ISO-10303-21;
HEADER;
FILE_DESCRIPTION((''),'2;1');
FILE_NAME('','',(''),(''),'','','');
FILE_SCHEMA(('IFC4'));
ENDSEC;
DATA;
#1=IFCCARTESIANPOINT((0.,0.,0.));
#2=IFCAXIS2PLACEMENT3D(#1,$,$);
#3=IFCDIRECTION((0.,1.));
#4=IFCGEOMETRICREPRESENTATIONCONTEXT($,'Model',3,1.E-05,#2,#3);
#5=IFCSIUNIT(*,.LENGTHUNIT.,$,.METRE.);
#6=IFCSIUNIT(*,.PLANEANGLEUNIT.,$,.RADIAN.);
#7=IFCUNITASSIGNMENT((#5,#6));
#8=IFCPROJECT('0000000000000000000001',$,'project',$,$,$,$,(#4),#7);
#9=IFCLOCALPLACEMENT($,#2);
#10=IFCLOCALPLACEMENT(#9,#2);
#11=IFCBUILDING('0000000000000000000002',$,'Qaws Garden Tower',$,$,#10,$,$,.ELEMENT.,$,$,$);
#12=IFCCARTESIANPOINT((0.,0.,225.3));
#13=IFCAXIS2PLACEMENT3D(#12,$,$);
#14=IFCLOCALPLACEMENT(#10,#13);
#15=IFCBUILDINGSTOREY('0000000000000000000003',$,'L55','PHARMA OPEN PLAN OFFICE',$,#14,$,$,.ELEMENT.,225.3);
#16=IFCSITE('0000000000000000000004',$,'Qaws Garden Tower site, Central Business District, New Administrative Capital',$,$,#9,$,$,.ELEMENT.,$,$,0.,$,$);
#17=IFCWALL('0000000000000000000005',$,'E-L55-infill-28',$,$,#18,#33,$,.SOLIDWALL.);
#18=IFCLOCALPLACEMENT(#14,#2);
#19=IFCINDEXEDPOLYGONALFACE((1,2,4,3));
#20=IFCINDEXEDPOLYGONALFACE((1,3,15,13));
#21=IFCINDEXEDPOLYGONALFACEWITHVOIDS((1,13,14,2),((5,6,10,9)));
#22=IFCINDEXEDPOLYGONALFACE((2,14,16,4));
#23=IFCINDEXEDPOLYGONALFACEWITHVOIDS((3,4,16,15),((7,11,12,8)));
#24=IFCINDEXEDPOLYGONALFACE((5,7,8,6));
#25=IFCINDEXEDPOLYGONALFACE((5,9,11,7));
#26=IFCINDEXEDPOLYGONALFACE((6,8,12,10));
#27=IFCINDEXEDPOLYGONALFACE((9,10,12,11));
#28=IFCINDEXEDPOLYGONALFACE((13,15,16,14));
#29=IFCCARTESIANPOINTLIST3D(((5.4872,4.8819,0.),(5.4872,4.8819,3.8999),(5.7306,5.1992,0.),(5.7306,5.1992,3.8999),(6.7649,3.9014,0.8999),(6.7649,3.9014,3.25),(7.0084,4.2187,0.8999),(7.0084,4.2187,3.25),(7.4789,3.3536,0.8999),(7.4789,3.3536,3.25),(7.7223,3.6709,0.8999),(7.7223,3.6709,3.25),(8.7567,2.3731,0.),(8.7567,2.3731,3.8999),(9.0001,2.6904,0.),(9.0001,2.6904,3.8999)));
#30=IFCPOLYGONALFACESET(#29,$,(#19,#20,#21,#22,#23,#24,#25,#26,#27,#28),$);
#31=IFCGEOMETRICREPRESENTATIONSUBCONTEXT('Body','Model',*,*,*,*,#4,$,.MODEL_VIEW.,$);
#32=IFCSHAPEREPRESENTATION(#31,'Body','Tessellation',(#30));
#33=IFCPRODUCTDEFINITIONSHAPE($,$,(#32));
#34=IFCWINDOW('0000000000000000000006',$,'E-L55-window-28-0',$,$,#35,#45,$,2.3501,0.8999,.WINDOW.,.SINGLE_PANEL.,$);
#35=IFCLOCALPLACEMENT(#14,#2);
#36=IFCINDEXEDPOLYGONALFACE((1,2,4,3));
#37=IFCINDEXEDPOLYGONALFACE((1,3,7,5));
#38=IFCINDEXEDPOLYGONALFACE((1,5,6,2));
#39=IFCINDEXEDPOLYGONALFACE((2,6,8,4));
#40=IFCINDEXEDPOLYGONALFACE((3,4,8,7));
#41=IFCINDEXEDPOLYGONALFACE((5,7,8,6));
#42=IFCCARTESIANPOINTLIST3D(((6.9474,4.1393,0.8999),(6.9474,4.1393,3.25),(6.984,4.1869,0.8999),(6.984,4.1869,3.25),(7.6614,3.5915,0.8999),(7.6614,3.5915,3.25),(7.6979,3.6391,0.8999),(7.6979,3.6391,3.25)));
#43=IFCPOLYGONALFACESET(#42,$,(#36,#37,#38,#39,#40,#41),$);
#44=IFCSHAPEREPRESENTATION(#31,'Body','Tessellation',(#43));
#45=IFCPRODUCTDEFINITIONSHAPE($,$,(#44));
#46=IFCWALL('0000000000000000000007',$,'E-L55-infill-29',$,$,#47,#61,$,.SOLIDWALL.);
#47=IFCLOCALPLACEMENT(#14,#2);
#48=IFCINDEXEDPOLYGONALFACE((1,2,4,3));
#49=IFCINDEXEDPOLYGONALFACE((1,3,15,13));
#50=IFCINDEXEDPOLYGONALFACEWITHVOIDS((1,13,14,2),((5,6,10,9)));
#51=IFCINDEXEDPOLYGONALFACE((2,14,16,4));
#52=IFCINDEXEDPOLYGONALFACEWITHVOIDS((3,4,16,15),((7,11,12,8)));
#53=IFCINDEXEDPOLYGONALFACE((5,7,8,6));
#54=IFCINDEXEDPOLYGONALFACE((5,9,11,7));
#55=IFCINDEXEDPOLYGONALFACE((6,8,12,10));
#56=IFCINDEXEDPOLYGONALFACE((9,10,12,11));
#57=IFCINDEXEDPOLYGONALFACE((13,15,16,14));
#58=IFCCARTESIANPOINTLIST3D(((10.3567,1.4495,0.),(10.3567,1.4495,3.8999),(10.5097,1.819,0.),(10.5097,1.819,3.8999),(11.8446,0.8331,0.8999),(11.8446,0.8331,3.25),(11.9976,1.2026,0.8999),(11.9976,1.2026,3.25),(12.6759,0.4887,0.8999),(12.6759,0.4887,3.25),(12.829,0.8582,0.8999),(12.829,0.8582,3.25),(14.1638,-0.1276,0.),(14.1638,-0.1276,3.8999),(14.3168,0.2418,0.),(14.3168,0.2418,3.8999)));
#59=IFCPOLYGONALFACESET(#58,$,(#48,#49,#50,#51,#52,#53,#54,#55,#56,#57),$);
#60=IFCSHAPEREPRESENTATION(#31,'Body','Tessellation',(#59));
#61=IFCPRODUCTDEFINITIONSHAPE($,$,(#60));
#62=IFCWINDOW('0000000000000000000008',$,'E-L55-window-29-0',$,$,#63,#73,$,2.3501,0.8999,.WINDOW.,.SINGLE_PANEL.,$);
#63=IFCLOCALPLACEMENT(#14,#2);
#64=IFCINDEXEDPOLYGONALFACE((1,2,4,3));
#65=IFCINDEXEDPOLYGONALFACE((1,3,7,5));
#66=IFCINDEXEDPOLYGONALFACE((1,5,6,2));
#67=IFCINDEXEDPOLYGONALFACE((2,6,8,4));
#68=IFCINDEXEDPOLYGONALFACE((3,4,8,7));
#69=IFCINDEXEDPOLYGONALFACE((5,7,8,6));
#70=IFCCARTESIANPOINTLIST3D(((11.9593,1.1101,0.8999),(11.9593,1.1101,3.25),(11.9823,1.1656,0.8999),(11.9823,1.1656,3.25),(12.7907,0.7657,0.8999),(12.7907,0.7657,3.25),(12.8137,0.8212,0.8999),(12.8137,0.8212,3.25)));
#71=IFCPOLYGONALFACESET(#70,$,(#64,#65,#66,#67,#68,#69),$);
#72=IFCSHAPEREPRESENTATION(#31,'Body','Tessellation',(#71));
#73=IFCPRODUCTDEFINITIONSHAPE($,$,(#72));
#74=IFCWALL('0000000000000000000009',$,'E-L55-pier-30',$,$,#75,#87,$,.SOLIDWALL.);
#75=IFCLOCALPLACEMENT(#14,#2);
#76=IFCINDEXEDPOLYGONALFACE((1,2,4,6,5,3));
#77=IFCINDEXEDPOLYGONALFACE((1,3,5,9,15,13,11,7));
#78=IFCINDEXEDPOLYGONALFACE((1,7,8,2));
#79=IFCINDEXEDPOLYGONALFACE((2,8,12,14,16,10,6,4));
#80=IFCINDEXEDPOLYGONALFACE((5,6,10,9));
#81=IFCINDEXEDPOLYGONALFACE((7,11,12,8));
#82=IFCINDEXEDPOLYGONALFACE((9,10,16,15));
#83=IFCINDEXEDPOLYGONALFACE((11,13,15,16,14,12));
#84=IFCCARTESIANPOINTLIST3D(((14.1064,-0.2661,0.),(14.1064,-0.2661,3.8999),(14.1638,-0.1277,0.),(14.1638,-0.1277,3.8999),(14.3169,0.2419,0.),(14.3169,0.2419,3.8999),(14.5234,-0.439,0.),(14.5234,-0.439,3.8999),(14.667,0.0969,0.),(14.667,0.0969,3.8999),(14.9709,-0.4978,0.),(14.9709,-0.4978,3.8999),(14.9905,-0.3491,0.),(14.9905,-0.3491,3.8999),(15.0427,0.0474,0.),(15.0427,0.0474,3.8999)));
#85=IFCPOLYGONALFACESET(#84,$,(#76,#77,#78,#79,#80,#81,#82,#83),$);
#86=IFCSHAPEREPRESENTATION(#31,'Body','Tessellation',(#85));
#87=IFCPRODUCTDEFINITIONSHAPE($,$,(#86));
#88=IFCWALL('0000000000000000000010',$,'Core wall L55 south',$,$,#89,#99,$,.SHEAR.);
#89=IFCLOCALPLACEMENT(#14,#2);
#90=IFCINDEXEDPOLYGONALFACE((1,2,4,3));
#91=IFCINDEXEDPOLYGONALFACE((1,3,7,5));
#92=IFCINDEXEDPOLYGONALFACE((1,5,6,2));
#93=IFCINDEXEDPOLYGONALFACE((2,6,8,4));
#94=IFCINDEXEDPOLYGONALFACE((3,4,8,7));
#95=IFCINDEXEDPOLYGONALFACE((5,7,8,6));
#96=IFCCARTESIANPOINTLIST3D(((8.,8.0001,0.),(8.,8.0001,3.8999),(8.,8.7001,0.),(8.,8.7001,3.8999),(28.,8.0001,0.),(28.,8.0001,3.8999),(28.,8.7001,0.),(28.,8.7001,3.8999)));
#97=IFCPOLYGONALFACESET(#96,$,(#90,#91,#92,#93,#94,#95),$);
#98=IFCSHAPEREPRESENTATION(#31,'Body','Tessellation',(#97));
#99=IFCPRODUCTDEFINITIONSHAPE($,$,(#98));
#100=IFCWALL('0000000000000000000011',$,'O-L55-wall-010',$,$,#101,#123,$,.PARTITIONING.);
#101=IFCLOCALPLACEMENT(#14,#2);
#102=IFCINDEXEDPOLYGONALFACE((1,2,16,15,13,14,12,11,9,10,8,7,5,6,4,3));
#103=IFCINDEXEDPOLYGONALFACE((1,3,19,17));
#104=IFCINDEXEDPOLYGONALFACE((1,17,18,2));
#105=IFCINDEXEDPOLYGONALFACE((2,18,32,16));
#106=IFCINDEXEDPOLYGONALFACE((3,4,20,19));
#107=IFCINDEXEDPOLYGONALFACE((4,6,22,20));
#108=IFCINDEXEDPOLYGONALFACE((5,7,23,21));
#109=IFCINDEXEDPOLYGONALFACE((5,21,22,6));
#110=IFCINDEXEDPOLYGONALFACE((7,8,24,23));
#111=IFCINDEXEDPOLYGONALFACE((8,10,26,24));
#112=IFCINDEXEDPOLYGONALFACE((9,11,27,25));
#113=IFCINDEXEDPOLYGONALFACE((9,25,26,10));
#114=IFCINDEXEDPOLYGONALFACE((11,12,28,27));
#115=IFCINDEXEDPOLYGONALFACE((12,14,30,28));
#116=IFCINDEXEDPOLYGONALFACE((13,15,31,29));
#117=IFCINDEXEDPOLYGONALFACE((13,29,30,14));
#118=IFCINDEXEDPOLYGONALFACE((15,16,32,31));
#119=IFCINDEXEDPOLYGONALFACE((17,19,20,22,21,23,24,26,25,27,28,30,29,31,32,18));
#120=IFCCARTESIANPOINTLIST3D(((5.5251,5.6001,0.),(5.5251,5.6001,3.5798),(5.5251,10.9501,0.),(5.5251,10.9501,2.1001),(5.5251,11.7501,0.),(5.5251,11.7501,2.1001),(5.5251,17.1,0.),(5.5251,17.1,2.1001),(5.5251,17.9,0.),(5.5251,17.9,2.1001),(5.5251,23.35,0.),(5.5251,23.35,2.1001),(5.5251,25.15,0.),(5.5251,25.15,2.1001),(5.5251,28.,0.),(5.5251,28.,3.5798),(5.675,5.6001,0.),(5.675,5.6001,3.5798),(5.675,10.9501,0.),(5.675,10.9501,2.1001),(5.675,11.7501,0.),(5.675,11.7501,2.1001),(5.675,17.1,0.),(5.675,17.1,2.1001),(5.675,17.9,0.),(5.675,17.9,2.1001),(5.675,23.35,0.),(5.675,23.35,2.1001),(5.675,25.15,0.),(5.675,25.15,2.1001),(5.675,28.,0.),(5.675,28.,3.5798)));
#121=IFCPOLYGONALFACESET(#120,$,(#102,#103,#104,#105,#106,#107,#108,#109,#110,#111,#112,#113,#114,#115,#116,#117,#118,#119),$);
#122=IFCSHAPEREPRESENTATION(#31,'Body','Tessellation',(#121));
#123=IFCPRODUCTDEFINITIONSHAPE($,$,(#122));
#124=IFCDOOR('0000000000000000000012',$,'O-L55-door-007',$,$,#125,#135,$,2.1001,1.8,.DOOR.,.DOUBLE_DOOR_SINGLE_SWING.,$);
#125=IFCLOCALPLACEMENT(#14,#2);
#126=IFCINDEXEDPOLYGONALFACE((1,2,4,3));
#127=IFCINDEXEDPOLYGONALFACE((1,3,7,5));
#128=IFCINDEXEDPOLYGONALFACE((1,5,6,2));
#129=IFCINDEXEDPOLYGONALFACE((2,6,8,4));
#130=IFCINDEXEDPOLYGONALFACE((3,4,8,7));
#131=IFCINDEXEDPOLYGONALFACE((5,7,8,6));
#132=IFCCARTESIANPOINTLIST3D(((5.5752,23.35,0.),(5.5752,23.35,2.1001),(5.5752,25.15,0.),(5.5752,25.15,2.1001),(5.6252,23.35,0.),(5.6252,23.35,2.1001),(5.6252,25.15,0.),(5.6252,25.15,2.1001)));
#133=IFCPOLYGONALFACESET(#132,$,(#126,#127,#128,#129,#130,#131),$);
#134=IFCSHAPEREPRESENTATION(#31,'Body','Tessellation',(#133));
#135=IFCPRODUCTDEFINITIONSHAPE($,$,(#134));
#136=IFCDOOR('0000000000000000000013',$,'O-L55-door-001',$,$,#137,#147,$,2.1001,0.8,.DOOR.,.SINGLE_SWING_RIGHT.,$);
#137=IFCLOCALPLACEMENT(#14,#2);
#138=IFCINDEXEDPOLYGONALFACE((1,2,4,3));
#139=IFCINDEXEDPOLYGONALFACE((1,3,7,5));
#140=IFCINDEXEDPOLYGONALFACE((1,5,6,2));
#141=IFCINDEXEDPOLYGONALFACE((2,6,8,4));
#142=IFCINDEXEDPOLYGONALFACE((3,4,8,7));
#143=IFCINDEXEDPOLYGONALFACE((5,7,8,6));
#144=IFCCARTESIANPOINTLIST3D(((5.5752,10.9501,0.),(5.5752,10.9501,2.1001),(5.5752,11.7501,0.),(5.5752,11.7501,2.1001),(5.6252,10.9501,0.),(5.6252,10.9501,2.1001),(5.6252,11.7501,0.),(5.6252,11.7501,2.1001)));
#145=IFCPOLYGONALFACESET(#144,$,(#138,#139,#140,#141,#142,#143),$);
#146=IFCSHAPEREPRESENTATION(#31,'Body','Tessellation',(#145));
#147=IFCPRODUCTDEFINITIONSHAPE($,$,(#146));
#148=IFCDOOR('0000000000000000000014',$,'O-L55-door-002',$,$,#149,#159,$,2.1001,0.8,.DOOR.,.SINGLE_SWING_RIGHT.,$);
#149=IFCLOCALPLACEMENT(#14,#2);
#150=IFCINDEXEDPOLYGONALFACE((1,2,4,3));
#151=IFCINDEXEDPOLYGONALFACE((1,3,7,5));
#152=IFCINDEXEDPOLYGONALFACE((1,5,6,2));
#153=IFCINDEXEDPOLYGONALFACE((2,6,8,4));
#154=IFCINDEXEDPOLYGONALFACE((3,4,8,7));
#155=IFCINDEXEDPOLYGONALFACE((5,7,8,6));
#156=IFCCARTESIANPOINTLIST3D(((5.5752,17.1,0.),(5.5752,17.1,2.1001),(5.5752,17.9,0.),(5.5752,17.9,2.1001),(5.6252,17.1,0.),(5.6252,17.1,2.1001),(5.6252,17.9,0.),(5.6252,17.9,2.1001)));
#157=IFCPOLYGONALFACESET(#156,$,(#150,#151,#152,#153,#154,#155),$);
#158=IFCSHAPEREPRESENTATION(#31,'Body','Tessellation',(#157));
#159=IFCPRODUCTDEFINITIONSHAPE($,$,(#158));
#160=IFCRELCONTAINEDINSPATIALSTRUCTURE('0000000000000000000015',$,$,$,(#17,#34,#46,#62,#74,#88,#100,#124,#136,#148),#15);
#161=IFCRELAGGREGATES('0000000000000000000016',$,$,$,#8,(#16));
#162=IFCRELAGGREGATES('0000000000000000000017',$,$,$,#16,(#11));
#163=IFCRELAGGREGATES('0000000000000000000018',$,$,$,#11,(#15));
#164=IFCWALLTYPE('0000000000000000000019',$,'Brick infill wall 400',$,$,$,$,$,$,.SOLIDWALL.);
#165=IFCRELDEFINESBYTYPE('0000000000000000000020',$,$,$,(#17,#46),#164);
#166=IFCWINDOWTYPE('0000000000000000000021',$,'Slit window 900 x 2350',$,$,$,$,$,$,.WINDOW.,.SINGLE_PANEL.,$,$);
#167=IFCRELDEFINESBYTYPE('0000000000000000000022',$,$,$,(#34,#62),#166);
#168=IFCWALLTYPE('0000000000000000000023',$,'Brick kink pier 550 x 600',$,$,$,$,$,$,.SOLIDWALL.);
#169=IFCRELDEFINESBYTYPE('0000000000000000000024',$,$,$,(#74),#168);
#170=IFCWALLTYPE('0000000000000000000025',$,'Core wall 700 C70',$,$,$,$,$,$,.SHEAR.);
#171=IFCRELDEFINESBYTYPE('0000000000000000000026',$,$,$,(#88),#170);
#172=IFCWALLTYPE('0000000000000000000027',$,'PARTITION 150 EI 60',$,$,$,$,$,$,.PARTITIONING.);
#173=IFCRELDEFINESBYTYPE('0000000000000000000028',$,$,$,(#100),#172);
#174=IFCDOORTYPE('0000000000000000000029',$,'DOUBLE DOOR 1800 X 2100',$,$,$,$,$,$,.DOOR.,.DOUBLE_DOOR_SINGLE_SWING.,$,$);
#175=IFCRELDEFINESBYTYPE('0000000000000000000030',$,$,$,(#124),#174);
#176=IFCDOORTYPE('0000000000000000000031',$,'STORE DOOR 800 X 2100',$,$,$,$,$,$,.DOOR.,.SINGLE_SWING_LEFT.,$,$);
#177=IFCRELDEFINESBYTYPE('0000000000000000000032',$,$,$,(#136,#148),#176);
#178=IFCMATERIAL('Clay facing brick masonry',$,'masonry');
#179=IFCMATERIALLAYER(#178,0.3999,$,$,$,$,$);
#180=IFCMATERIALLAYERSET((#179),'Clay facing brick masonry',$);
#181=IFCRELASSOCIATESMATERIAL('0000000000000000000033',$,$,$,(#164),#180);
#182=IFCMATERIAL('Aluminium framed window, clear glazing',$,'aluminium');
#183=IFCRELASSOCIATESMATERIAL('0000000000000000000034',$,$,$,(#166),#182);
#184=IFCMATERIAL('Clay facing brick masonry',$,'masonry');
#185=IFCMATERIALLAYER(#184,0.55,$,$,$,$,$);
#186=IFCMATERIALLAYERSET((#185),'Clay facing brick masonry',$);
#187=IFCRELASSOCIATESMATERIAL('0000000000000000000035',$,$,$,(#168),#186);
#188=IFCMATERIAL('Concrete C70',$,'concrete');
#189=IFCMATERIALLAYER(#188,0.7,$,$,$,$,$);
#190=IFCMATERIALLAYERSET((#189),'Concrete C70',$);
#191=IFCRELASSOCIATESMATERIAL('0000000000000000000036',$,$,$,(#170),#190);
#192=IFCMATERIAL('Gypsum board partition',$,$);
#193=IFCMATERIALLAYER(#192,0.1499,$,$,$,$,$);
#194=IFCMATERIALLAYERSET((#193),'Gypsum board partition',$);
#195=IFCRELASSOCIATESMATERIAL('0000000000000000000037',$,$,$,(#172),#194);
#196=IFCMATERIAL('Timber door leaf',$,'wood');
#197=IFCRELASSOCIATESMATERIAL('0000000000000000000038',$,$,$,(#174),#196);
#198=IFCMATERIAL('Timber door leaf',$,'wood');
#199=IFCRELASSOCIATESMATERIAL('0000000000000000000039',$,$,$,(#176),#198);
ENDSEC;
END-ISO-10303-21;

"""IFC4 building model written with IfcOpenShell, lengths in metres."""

from ifc_helpers import new_model, si_unit, direction, frame, frame_2d, origin, place, context, subcontext, project, spatial, polyline, rectangle, outline, extrude, material, layer, layer_set, type_object, element, fill, save


model = new_model("IFC4")

# Units and contexts
model_context = context("Model", 3, precision=1e-05, world=origin(), true_north=direction((0.0, 1.0)))
body_context = subcontext(model_context, "Body", "Model", "MODEL_VIEW")
ifc_project = project(units=[si_unit("LENGTHUNIT", "METRE"), si_unit("PLANEANGLEUNIT", "RADIAN")], contexts=[model_context])

# Site, building, storey
site_placement = place(None, origin())
site = spatial("IfcSite", under=ifc_project, at=site_placement, Name="Qaws Garden Tower site, Central Business District, New Administrative Capital", CompositionType="ELEMENT", RefElevation=0.0)
building_placement = place(site_placement, origin())
building = spatial("IfcBuilding", under=site, at=building_placement, Name="Qaws Garden Tower", CompositionType="ELEMENT")
storey_placement = place(building_placement, frame((0.0, 0.0, 225.3)))
storey = spatial("IfcBuildingStorey", under=building, at=storey_placement, Name="L55", Description="PHARMA OPEN PLAN OFFICE", CompositionType="ELEMENT", Elevation=225.3)

# Shared definitions
placement_1 = place(storey_placement, origin())

# Walls, openings, windows
ifc_material_1 = material(Name="Clay facing brick masonry", Category="masonry")
ifc_layer_1 = layer(ifc_material_1, 0.3999)
ifc_layer_set_1 = layer_set([ifc_layer_1], Name="Clay facing brick masonry")
wall_type_1 = type_object("IfcWallType", Name="Brick infill wall 400", PredefinedType="SOLIDWALL", material=ifc_layer_set_1)
ifc_material_2 = material(Name="Aluminium framed window, clear glazing", Category="aluminium")
window_type = type_object("IfcWindowType", Name="Slit window 900 x 2350", PartitioningType="SINGLE_PANEL", PredefinedType="WINDOW", material=ifc_material_2)
wall_1_placement = place(storey_placement, frame((5.6089, 5.0405, 0.0), z_axis=(0.0, 0.0, 1.0), x_axis=(0.793355, -0.60876, 0.0)))
wall_1 = element("IfcWall", 1, at=wall_1_placement, inside=storey, type_object=wall_type_1, Name="E-L55-infill-28", PredefinedType="SOLIDWALL", context=body_context, shape_type="SweptSolid", body=[
    extrude(rectangle(XDim=4.1211, YDim=0.3999, at=frame_2d((2.0605, 0.0))), origin(), (0.0, 0.0, 1.0), 3.8999),
])
opening_1_placement = place(wall_1_placement, frame((1.6106, 0.0, 0.8999)))
opening_1 = element("IfcOpeningElement", 2, at=opening_1_placement, cuts=wall_1, PredefinedType="OPENING", context=body_context, shape_type="SweptSolid", body=[
    extrude(rectangle(XDim=0.8999, YDim=2.3501, at=frame_2d((0.45, 1.175))), frame((0.0, 0.21, 0.0), z_axis=(0.0, -1.0, 0.0), x_axis=(1.0, 0.0, 0.0)), (0.0, 0.0, 1.0), 0.4199),
])
window_1_placement = place(opening_1_placement, origin())
window_1 = element("IfcWindow", 3, at=window_1_placement, inside=storey, type_object=window_type, Name="E-L55-window-28-0", OverallHeight=2.3501, OverallWidth=0.8999, PartitioningType="SINGLE_PANEL", PredefinedType="WINDOW", context=body_context, shape_type="SweptSolid", body=[
    extrude(rectangle(XDim=0.8999, YDim=2.3501, at=frame_2d((0.45, 1.175))), frame((0.0, 0.1599, 0.0), z_axis=(0.0, -1.0, 0.0), x_axis=(1.0, 0.0, 0.0)), (0.0, 0.0, 1.0), 0.0601),
])
fill(opening_1, window_1)
wall_2_placement = place(storey_placement, frame((10.4331, 1.6343, 0.0), z_axis=(0.0, 0.0, 1.0), x_axis=(0.923864, -0.382722, 0.0)))
wall_2 = element("IfcWall", 4, at=wall_2_placement, inside=storey, type_object=wall_type_1, Name="E-L55-infill-29", PredefinedType="SOLIDWALL", context=body_context, shape_type="SweptSolid", body=[
    extrude(rectangle(XDim=4.1208, YDim=0.3999, at=frame_2d((2.0605, 0.0))), origin(), (0.0, 0.0, 1.0), 3.8999),
])
opening_2_placement = place(wall_2_placement, frame((1.6106, 0.0, 0.8999)))
opening_2 = element("IfcOpeningElement", 5, at=opening_2_placement, cuts=wall_2, PredefinedType="OPENING", context=body_context, shape_type="SweptSolid", body=[
    extrude(rectangle(XDim=0.8999, YDim=2.3501, at=frame_2d((0.45, 1.175))), frame((0.0, 0.21, 0.0), z_axis=(0.0, -1.0, 0.0), x_axis=(1.0, 0.0, 0.0)), (0.0, 0.0, 1.0), 0.4199),
])
window_2_placement = place(opening_2_placement, origin())
window_2 = element("IfcWindow", 6, at=window_2_placement, inside=storey, type_object=window_type, Name="E-L55-window-29-0", OverallHeight=2.3501, OverallWidth=0.8999, PartitioningType="SINGLE_PANEL", PredefinedType="WINDOW", context=body_context, shape_type="SweptSolid", body=[
    extrude(rectangle(XDim=0.8999, YDim=2.3501, at=frame_2d((0.45, 1.175))), frame((0.0, 0.1599, 0.0), z_axis=(0.0, -1.0, 0.0), x_axis=(1.0, 0.0, 0.0)), (0.0, 0.0, 1.0), 0.0601),
])
fill(opening_2, window_2)

# Walls
ifc_material_3 = material(Name="Clay facing brick masonry", Category="masonry")
ifc_layer_2 = layer(ifc_material_3, 0.55)
ifc_layer_set_2 = layer_set([ifc_layer_2], Name="Clay facing brick masonry")
wall_type_2 = type_object("IfcWallType", Name="Brick kink pier 550 x 600", PredefinedType="SOLIDWALL", material=ifc_layer_set_2)
element("IfcWall", 7, at=placement_1, inside=storey, type_object=wall_type_2, Name="E-L55-pier-30", PredefinedType="SOLIDWALL", context=body_context, shape_type="SweptSolid", body=[
    extrude(outline(polyline([(14.1638, -0.1277), (14.1064, -0.2661), (14.5234, -0.439), (14.9709, -0.4978), (14.9905, -0.3491), (15.0427, 0.0474), (14.667, 0.0969), (14.3169, 0.2419), (14.1638, -0.1277)])), origin(), (0.0, 0.0, 1.0), 3.8999),
])
ifc_material_4 = material(Name="Concrete C70", Category="concrete")
ifc_layer_3 = layer(ifc_material_4, 0.7)
ifc_layer_set_3 = layer_set([ifc_layer_3], Name="Concrete C70")
wall_type_3 = type_object("IfcWallType", Name="Core wall 700 C70", PredefinedType="SHEAR", material=ifc_layer_set_3)
wall_3_placement = place(storey_placement, frame((8.0, 8.3501, 0.0), z_axis=(0.0, 0.0, 1.0), x_axis=(1.0, 0.0, 0.0)))
element("IfcWall", 8, at=wall_3_placement, inside=storey, type_object=wall_type_3, Name="Core wall L55 south", PredefinedType="SHEAR", context=body_context, shape_type="SweptSolid", body=[
    extrude(rectangle(XDim=20.0, YDim=0.7, at=frame_2d((10.0, 0.0))), origin(), (0.0, 0.0, 1.0), 3.8999),
])

# Wall, openings, doors
ifc_material_5 = material(Name="Gypsum board partition")
ifc_layer_4 = layer(ifc_material_5, 0.1499)
ifc_layer_set_4 = layer_set([ifc_layer_4], Name="Gypsum board partition")
wall_type_4 = type_object("IfcWallType", Name="PARTITION 150 EI 60", PredefinedType="PARTITIONING", material=ifc_layer_set_4)
wall_4_placement = place(storey_placement, frame((5.6001, 5.6001, 0.0), z_axis=(0.0, 0.0, 1.0), x_axis=(0.0, 1.0, 0.0)))
wall_4 = element("IfcWall", 9, at=wall_4_placement, inside=storey, type_object=wall_type_4, Name="O-L55-wall-010", PredefinedType="PARTITIONING", context=body_context, shape_type="SweptSolid", body=[
    extrude(rectangle(XDim=22.3999, YDim=0.1499, at=frame_2d((11.2, 0.0))), origin(), (0.0, 0.0, 1.0), 3.5798),
])
opening_3_placement = place(wall_4_placement, frame((5.3501, 0.0, 0.0)))
opening_3 = element("IfcOpeningElement", 10, at=opening_3_placement, cuts=wall_4, PredefinedType="OPENING", context=body_context, shape_type="SweptSolid", body=[
    extrude(rectangle(XDim=0.8, YDim=2.1001, at=frame_2d((0.3999, 1.05))), frame((0.0, 0.085, 0.0), z_axis=(0.0, -1.0, 0.0), x_axis=(1.0, 0.0, 0.0)), (0.0, 0.0, 1.0), 0.1699),
])
opening_4_placement = place(wall_4_placement, frame((11.5, 0.0, 0.0)))
opening_4 = element("IfcOpeningElement", 11, at=opening_4_placement, cuts=wall_4, PredefinedType="OPENING", context=body_context, shape_type="SweptSolid", body=[
    extrude(rectangle(XDim=0.8, YDim=2.1001, at=frame_2d((0.3999, 1.05))), frame((0.0, 0.085, 0.0), z_axis=(0.0, -1.0, 0.0), x_axis=(1.0, 0.0, 0.0)), (0.0, 0.0, 1.0), 0.1699),
])
opening_5_placement = place(wall_4_placement, frame((17.75, 0.0, 0.0)))
opening_5 = element("IfcOpeningElement", 12, at=opening_5_placement, cuts=wall_4, PredefinedType="OPENING", context=body_context, shape_type="SweptSolid", body=[
    extrude(rectangle(XDim=1.8, YDim=2.1001, at=frame_2d((0.8999, 1.05))), frame((0.0, 0.085, 0.0), z_axis=(0.0, -1.0, 0.0), x_axis=(1.0, 0.0, 0.0)), (0.0, 0.0, 1.0), 0.1699),
])
ifc_material_6 = material(Name="Timber door leaf", Category="wood")
door_type_1 = type_object("IfcDoorType", Name="DOUBLE DOOR 1800 X 2100", OperationType="DOUBLE_DOOR_SINGLE_SWING", PredefinedType="DOOR", material=ifc_material_6)
door_1_placement = place(opening_5_placement, origin())
door_1 = element("IfcDoor", 13, at=door_1_placement, inside=storey, type_object=door_type_1, Name="O-L55-door-007", OperationType="DOUBLE_DOOR_SINGLE_SWING", OverallHeight=2.1001, OverallWidth=1.8, PredefinedType="DOOR", context=body_context, shape_type="SweptSolid", body=[
    extrude(rectangle(XDim=1.8, YDim=2.1001, at=frame_2d((0.8999, 1.05))), frame((0.0, 0.0249, 0.0), z_axis=(0.0, -1.0, 0.0), x_axis=(1.0, 0.0, 0.0)), (0.0, 0.0, 1.0), 0.05),
])
fill(opening_5, door_1)
ifc_material_7 = material(Name="Timber door leaf", Category="wood")
door_type_2 = type_object("IfcDoorType", Name="STORE DOOR 800 X 2100", OperationType="SINGLE_SWING_LEFT", PredefinedType="DOOR", material=ifc_material_7)
door_2_placement = place(opening_3_placement, origin())
door_2 = element("IfcDoor", 14, at=door_2_placement, inside=storey, type_object=door_type_2, Name="O-L55-door-001", OperationType="SINGLE_SWING_RIGHT", OverallHeight=2.1001, OverallWidth=0.8, PredefinedType="DOOR", context=body_context, shape_type="SweptSolid", body=[
    extrude(rectangle(XDim=0.8, YDim=2.1001, at=frame_2d((0.3999, 1.05))), frame((0.0, 0.0249, 0.0), z_axis=(0.0, -1.0, 0.0), x_axis=(1.0, 0.0, 0.0)), (0.0, 0.0, 1.0), 0.05),
])
fill(opening_3, door_2)
door_3_placement = place(opening_4_placement, origin())
door_3 = element("IfcDoor", 15, at=door_3_placement, inside=storey, type_object=door_type_2, Name="O-L55-door-002", OperationType="SINGLE_SWING_RIGHT", OverallHeight=2.1001, OverallWidth=0.8, PredefinedType="DOOR", context=body_context, shape_type="SweptSolid", body=[
    extrude(rectangle(XDim=0.8, YDim=2.1001, at=frame_2d((0.3999, 1.05))), frame((0.0, 0.0249, 0.0), z_axis=(0.0, -1.0, 0.0), x_axis=(1.0, 0.0, 0.0)), (0.0, 0.0, 1.0), 0.05),
])
fill(opening_4, door_3)

save(model, "model.ifc")
